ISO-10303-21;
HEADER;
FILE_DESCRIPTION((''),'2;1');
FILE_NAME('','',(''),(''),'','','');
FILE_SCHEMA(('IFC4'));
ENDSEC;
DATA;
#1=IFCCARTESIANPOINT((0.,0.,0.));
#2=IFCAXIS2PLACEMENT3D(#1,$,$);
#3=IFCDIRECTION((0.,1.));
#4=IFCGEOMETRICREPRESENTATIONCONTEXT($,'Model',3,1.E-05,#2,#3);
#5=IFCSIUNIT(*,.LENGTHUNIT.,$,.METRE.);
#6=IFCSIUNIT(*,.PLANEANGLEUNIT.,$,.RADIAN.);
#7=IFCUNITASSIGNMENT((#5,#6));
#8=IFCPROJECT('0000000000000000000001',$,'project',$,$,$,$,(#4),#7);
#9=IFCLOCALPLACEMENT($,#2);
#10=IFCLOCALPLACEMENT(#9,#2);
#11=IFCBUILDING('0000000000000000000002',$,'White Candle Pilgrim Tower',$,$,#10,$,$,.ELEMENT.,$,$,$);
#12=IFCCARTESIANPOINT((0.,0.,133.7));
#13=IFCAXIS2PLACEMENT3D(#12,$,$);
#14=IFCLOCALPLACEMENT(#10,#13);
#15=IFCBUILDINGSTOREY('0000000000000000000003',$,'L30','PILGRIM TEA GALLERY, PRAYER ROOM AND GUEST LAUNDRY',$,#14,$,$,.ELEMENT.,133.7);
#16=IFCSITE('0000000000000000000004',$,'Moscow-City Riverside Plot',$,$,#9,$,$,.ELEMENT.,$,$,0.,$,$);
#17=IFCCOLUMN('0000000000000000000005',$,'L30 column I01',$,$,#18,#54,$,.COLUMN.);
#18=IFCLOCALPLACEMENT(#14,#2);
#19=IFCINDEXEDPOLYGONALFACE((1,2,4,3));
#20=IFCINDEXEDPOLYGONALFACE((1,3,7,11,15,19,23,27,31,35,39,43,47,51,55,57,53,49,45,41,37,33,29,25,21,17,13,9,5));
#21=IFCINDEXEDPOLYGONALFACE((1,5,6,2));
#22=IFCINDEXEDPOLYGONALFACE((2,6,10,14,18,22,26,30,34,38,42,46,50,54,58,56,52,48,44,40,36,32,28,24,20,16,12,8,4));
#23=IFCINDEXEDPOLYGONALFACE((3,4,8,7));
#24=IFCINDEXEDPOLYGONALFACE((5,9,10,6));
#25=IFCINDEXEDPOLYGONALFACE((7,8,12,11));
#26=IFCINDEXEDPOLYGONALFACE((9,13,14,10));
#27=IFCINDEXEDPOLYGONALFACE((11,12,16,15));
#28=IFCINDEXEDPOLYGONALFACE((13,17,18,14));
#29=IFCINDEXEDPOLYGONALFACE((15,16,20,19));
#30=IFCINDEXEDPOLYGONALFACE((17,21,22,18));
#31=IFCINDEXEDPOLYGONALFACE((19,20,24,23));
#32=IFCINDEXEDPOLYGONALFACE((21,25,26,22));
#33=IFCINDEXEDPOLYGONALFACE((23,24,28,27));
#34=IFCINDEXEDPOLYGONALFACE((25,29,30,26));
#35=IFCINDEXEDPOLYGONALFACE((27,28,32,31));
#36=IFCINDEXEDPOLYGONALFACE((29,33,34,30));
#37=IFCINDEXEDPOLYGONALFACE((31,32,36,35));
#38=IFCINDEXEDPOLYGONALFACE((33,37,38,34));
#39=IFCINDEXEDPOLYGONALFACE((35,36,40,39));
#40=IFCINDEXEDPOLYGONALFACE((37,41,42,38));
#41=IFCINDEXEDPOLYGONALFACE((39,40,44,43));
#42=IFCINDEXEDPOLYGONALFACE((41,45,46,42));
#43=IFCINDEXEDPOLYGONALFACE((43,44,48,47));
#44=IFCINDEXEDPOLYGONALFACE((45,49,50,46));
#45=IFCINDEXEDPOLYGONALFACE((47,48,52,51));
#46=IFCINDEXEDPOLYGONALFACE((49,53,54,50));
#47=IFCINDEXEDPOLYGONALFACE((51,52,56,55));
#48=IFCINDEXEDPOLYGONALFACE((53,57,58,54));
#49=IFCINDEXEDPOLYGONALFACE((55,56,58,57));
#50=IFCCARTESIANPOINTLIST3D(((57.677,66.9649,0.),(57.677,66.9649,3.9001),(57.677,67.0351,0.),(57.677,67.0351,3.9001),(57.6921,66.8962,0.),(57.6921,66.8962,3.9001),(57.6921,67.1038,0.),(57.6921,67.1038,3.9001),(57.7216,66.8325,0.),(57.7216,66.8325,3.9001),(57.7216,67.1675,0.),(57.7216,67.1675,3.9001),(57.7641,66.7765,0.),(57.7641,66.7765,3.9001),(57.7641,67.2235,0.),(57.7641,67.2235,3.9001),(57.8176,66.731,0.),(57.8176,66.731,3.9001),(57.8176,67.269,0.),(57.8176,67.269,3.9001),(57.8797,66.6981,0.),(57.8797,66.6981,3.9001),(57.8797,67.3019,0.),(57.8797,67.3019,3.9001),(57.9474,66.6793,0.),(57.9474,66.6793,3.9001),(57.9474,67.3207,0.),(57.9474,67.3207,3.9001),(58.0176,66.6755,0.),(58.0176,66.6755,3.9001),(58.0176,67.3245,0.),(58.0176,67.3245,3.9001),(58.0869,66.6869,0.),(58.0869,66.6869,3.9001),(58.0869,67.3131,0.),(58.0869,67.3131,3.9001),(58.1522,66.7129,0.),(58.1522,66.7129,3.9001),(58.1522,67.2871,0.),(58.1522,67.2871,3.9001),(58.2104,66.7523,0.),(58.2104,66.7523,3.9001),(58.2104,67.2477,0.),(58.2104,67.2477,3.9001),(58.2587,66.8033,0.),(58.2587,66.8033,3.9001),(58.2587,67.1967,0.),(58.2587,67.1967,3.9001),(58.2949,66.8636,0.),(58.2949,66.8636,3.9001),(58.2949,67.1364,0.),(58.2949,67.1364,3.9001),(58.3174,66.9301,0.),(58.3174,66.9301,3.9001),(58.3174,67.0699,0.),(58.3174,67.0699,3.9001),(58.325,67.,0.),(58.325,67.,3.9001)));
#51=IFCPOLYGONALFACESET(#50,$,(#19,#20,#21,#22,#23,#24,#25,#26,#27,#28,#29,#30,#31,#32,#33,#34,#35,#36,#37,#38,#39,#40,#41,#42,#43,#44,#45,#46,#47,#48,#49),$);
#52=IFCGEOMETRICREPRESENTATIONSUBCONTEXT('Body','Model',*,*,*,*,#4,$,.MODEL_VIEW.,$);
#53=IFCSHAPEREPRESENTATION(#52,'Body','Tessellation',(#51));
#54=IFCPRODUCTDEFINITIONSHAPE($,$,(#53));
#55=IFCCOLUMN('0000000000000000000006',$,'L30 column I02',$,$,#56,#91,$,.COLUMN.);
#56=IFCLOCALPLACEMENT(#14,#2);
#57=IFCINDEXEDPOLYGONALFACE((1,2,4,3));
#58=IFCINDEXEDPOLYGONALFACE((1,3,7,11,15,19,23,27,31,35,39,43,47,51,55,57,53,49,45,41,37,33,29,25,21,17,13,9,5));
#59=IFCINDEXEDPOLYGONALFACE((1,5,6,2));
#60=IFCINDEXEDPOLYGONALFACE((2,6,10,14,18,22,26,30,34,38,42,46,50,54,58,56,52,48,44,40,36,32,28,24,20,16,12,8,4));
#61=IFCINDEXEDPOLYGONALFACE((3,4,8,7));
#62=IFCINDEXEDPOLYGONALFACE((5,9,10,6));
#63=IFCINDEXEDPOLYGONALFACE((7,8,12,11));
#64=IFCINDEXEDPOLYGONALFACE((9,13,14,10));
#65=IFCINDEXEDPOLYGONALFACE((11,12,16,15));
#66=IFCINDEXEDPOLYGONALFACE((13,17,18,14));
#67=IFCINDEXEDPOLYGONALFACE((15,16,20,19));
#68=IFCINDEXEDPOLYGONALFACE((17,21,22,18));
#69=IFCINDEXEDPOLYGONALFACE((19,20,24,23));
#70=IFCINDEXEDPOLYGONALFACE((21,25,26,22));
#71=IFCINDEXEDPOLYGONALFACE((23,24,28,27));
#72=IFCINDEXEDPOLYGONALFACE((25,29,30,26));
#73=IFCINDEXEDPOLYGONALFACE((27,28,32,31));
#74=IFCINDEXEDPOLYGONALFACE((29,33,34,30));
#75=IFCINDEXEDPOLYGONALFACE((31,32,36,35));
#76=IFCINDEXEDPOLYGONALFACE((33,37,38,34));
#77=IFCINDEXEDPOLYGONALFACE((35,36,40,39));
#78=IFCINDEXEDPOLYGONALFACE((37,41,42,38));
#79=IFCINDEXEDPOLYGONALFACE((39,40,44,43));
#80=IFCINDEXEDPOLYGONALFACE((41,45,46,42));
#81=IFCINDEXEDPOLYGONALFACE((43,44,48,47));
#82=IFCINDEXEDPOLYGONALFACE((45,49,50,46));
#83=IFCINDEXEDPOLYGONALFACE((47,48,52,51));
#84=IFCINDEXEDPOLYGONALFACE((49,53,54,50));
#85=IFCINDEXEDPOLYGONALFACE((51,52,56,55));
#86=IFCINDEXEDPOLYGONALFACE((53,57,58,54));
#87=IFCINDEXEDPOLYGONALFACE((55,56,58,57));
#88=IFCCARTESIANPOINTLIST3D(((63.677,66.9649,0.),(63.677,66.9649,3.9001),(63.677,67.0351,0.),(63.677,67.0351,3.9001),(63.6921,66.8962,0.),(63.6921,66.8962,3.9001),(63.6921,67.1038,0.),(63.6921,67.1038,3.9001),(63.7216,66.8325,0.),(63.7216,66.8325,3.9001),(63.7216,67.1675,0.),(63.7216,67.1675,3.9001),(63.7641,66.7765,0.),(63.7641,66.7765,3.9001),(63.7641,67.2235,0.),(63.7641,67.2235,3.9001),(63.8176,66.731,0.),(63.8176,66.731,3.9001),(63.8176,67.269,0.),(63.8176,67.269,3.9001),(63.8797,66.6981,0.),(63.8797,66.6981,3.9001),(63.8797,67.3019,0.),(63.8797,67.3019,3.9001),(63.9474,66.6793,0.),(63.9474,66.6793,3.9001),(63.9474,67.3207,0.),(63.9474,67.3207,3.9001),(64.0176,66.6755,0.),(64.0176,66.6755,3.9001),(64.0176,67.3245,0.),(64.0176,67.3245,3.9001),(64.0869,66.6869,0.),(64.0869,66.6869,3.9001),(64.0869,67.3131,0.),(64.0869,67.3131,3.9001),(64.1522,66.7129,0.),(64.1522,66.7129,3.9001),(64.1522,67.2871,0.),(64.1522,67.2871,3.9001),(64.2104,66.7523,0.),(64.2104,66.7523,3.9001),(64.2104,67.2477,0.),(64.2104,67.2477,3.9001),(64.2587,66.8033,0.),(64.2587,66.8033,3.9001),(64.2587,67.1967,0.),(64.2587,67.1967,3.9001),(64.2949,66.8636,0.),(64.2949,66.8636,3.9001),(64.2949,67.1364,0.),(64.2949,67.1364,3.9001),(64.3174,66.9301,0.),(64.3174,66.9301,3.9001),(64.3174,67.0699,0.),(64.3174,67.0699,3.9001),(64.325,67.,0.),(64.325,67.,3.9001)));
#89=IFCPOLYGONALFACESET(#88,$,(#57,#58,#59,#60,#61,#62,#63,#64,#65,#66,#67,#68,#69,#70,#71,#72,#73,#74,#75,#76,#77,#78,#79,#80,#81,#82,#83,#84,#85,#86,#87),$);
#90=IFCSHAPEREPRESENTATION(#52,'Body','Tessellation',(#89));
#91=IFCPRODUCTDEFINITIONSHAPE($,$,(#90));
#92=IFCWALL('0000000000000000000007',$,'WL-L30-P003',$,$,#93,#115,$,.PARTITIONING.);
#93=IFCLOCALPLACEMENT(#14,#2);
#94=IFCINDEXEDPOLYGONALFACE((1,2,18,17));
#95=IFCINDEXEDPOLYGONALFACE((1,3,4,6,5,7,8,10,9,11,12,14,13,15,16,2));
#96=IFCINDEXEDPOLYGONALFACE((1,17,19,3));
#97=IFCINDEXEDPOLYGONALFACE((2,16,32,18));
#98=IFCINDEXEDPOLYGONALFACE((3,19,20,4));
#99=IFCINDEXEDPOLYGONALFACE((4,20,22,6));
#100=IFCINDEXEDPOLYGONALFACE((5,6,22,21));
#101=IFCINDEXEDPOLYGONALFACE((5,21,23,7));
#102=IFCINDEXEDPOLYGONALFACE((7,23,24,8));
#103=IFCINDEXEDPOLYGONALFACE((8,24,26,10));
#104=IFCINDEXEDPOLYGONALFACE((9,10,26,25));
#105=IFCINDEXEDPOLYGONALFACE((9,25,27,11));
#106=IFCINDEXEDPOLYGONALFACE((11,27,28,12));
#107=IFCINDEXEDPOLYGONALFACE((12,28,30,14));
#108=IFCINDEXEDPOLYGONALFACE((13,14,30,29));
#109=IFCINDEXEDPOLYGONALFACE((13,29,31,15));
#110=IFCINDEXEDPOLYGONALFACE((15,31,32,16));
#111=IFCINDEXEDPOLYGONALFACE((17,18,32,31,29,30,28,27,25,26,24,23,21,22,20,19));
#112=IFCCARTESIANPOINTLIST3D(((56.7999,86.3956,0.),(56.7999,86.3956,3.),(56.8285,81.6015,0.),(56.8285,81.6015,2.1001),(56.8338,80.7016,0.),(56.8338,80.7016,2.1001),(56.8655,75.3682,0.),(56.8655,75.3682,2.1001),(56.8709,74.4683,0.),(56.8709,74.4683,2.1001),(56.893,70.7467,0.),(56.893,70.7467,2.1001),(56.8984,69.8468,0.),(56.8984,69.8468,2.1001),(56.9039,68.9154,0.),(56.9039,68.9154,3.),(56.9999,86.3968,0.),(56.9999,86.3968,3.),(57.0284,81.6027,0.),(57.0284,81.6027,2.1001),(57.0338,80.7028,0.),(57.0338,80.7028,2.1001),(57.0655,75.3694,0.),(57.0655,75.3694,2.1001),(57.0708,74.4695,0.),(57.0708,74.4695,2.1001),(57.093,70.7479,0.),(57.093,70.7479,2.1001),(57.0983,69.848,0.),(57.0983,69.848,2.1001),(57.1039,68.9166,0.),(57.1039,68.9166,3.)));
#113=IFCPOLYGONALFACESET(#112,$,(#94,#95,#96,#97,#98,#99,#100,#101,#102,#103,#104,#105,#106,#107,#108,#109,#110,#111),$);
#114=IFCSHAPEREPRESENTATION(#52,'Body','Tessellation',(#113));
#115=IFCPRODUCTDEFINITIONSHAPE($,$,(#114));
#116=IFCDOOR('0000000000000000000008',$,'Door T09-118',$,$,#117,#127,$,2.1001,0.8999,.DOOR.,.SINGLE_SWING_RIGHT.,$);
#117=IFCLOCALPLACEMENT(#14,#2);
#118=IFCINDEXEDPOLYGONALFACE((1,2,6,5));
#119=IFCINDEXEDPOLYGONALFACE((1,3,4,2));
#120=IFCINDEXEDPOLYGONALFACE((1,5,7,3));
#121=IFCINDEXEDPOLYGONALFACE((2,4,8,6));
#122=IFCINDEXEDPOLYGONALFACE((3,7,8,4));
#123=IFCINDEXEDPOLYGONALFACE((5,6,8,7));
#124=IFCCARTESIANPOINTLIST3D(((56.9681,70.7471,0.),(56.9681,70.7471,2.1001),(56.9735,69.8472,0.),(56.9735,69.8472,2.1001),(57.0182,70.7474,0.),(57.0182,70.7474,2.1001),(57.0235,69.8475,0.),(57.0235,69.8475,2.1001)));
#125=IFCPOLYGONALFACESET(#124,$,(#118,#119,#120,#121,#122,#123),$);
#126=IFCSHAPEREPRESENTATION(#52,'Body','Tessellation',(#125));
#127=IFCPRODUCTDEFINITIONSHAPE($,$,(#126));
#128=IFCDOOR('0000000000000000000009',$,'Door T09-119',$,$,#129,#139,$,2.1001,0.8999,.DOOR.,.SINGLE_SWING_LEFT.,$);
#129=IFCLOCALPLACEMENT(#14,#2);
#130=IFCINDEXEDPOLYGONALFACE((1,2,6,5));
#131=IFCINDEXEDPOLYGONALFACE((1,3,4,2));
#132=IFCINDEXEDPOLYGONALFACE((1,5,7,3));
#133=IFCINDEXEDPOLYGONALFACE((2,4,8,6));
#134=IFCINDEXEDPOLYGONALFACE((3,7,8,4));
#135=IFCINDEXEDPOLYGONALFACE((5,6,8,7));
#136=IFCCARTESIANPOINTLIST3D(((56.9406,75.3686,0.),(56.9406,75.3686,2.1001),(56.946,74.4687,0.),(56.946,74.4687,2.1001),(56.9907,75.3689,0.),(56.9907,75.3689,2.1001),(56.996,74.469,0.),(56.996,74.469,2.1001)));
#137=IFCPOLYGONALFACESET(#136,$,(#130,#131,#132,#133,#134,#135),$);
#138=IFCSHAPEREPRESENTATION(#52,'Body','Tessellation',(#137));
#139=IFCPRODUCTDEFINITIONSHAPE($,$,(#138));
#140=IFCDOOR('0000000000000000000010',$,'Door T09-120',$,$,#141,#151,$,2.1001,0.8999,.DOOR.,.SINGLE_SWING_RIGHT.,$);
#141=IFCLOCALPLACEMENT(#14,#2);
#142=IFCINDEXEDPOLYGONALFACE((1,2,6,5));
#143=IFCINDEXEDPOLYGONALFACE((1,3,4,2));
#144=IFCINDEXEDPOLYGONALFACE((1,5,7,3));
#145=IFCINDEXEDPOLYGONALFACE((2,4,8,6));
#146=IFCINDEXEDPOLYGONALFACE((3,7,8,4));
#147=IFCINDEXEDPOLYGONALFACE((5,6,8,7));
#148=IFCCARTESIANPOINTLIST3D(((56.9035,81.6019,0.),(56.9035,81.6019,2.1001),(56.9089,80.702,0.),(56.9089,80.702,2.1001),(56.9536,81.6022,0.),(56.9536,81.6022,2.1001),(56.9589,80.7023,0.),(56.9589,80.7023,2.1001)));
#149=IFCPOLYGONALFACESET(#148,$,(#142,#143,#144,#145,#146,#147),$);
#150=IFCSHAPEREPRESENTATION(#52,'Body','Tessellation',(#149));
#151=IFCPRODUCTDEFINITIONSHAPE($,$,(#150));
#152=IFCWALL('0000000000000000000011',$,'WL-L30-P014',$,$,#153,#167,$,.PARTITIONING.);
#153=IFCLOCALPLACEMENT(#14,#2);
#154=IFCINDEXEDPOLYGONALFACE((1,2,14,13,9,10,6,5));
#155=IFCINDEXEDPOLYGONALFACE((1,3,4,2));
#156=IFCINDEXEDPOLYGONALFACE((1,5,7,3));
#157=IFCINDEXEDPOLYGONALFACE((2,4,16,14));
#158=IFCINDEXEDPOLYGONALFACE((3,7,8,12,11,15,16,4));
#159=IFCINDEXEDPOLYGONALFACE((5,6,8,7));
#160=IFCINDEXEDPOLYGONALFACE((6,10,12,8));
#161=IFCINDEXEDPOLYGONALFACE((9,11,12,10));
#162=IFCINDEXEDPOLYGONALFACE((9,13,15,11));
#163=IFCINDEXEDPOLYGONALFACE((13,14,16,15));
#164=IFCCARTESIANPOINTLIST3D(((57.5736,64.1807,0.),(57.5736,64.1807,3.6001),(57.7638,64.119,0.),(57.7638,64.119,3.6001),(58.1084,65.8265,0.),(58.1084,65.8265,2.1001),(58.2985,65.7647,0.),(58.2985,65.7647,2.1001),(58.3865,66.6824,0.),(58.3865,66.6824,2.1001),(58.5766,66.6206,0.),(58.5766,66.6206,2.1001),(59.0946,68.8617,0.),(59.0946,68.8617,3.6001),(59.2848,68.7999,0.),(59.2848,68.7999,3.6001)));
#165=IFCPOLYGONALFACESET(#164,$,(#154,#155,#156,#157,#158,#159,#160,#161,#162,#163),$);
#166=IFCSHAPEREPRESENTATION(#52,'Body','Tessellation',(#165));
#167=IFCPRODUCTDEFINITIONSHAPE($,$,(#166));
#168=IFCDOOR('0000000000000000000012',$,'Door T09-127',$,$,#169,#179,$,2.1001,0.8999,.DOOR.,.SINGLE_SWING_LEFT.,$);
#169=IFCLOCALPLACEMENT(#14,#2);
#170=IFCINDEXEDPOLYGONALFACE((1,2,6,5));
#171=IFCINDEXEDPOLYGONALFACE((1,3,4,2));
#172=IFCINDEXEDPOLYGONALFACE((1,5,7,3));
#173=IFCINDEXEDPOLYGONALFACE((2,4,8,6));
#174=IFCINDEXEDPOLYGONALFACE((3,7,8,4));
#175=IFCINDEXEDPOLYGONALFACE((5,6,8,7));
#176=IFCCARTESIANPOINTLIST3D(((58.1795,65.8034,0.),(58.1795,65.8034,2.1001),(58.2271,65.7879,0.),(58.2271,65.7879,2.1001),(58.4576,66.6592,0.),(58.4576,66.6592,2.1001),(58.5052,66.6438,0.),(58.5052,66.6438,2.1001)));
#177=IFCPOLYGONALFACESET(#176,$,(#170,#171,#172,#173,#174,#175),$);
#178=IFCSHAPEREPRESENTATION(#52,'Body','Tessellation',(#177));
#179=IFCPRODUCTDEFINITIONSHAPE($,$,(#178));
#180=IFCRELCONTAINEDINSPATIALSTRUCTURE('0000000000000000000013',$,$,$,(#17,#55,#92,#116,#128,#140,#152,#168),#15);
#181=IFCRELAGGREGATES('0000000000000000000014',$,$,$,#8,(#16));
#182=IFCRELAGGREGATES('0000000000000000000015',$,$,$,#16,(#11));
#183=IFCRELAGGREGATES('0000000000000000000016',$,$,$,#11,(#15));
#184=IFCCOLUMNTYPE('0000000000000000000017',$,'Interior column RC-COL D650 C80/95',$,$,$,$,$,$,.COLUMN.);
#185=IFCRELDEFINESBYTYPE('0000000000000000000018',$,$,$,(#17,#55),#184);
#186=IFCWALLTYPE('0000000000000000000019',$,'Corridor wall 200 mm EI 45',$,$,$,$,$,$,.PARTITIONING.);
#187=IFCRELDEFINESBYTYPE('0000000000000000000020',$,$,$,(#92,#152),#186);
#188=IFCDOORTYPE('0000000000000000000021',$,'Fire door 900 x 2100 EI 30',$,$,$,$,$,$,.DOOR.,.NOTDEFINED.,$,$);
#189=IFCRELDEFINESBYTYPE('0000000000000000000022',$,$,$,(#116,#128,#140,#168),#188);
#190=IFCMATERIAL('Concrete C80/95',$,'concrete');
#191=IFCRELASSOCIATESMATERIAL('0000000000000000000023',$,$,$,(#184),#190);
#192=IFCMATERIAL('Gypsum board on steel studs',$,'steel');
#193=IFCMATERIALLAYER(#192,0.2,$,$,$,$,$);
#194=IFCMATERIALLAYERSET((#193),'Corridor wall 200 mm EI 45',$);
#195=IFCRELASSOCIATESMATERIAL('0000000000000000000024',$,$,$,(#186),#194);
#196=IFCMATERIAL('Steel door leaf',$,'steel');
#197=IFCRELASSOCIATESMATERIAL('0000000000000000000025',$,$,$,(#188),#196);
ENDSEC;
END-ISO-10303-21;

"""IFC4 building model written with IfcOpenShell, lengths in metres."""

from ifc_helpers import new_model, si_unit, direction, frame, frame_2d, origin, origin_2d, place, context, subcontext, project, spatial, rectangle, circle, extrude, material, layer, layer_set, material_profile, profile_set, type_object, element, fill, save


model = new_model("IFC4")

# Units and contexts
model_context = context("Model", 3, precision=1e-05, world=origin(), true_north=direction((0.0, 1.0)))
body_context = subcontext(model_context, "Body", "Model", "MODEL_VIEW")
ifc_project = project(units=[si_unit("LENGTHUNIT", "METRE"), si_unit("PLANEANGLEUNIT", "RADIAN")], contexts=[model_context])

# Site, building, storey
site_placement = place(None, origin())
site = spatial("IfcSite", under=ifc_project, at=site_placement, Name="Moscow-City Riverside Plot", CompositionType="ELEMENT", RefElevation=0.0)
building_placement = place(site_placement, origin())
building = spatial("IfcBuilding", under=site, at=building_placement, Name="White Candle Pilgrim Tower", CompositionType="ELEMENT")
storey_placement = place(building_placement, frame((0.0, 0.0, 133.7)))
storey = spatial("IfcBuildingStorey", under=building, at=storey_placement, Name="L30", Description="PILGRIM TEA GALLERY, PRAYER ROOM AND GUEST LAUNDRY", CompositionType="ELEMENT", Elevation=133.7)

# Columns
ifc_material_1 = material(Name="Concrete C80/95", Category="concrete")
ifc_material_profile = material_profile(ifc_material_1, circle(Radius=0.325, at=origin_2d()), Name="RC-COL D650")
ifc_profile_set = profile_set([ifc_material_profile], Name="Concrete C80/95")
column_type = type_object("IfcColumnType", Name="Interior column RC-COL D650 C80/95", PredefinedType="COLUMN", material=ifc_profile_set)
for number, where, z_axis, x_axis, name in (
    (1, (58.0, 67.0, 0.0), (0.0, 0.0, 1.0), (1.0, 0.0, 0.0), "L30 column I01"),
    (2, (64.0, 67.0, 0.0), (0.0, 0.0, 1.0), (1.0, 0.0, 0.0), "L30 column I02"),
):
    element("IfcColumn", number, at=place(storey_placement, frame(where, z_axis=z_axis, x_axis=x_axis)), inside=storey, type_object=column_type, Name=name, PredefinedType="COLUMN", context=body_context, shape_type="SweptSolid", body=[
        extrude(circle(Radius=0.325, at=origin_2d()), origin(), (0.0, 0.0, 1.0), 3.9001),
    ])

# Wall, openings, doors
ifc_material_2 = material(Name="Gypsum board on steel studs", Category="steel")
ifc_layer_1 = layer(ifc_material_2, 0.2)
ifc_layer_set_1 = layer_set([ifc_layer_1], Name="Corridor wall 200 mm EI 45")
wall_type_1 = type_object("IfcWallType", Name="Corridor wall 200 mm EI 45", PredefinedType="PARTITIONING", material=ifc_layer_set_1)
wall_1_placement = place(storey_placement, frame((57.0039, 68.916, 0.0), z_axis=(0.0, 0.0, 1.0), x_axis=(-0.00595, 0.999982, 0.0)))
wall_1 = element("IfcWall", 3, at=wall_1_placement, inside=storey, type_object=wall_type_1, Name="WL-L30-P003", PredefinedType="PARTITIONING", context=body_context, shape_type="SweptSolid", body=[
    extrude(rectangle(XDim=17.4805, YDim=0.2, at=frame_2d((8.7402, 0.0))), origin(), (0.0, 0.0, 1.0), 3.0),
])
opening_1_placement = place(wall_1_placement, frame((0.9314, 0.0, 0.0)))
opening_1 = element("IfcOpeningElement", 4, at=opening_1_placement, cuts=wall_1, PredefinedType="OPENING", context=body_context, shape_type="SweptSolid", body=[
    extrude(rectangle(XDim=0.8999, YDim=2.1001, at=frame_2d((0.45, 1.05))), frame((0.0, 0.1099, 0.0), z_axis=(0.0, -1.0, 0.0), x_axis=(1.0, 0.0, 0.0)), (0.0, 0.0, 1.0), 0.22),
])
opening_2_placement = place(wall_1_placement, frame((5.553, 0.0, 0.0)))
opening_2 = element("IfcOpeningElement", 5, at=opening_2_placement, cuts=wall_1, PredefinedType="OPENING", context=body_context, shape_type="SweptSolid", body=[
    extrude(rectangle(XDim=0.8999, YDim=2.1001, at=frame_2d((0.45, 1.05))), frame((0.0, 0.1099, 0.0), z_axis=(0.0, -1.0, 0.0), x_axis=(1.0, 0.0, 0.0)), (0.0, 0.0, 1.0), 0.22),
])
opening_3_placement = place(wall_1_placement, frame((11.7864, 0.0, 0.0)))
opening_3 = element("IfcOpeningElement", 6, at=opening_3_placement, cuts=wall_1, PredefinedType="OPENING", context=body_context, shape_type="SweptSolid", body=[
    extrude(rectangle(XDim=0.8999, YDim=2.1001, at=frame_2d((0.45, 1.05))), frame((0.0, 0.1099, 0.0), z_axis=(0.0, -1.0, 0.0), x_axis=(1.0, 0.0, 0.0)), (0.0, 0.0, 1.0), 0.22),
])
ifc_material_3 = material(Name="Steel door leaf", Category="steel")
door_type_1 = type_object("IfcDoorType", Name="Fire door 900 x 2100 EI 30", OperationType="NOTDEFINED", PredefinedType="DOOR", material=ifc_material_3)
door_1_placement = place(opening_1_placement, origin())
door_1 = element("IfcDoor", 7, at=door_1_placement, inside=storey, type_object=door_type_1, Name="Door T09-118", OperationType="SINGLE_SWING_RIGHT", OverallHeight=2.1001, OverallWidth=0.8999, PredefinedType="DOOR", context=body_context, shape_type="SweptSolid", body=[
    extrude(rectangle(XDim=0.8999, YDim=2.1001, at=frame_2d((0.45, 1.05))), frame((0.0, 0.0249, 0.0), z_axis=(0.0, -1.0, 0.0), x_axis=(1.0, 0.0, 0.0)), (0.0, 0.0, 1.0), 0.05),
])
fill(opening_1, door_1)
door_2_placement = place(opening_2_placement, origin())
door_2 = element("IfcDoor", 8, at=door_2_placement, inside=storey, type_object=door_type_1, Name="Door T09-119", OperationType="SINGLE_SWING_LEFT", OverallHeight=2.1001, OverallWidth=0.8999, PredefinedType="DOOR", context=body_context, shape_type="SweptSolid", body=[
    extrude(rectangle(XDim=0.8999, YDim=2.1001, at=frame_2d((0.45, 1.05))), frame((0.0, 0.0249, 0.0), z_axis=(0.0, -1.0, 0.0), x_axis=(1.0, 0.0, 0.0)), (0.0, 0.0, 1.0), 0.05),
])
fill(opening_2, door_2)
door_3_placement = place(opening_3_placement, origin())
door_3 = element("IfcDoor", 9, at=door_3_placement, inside=storey, type_object=door_type_1, Name="Door T09-120", OperationType="SINGLE_SWING_RIGHT", OverallHeight=2.1001, OverallWidth=0.8999, PredefinedType="DOOR", context=body_context, shape_type="SweptSolid", body=[
    extrude(rectangle(XDim=0.8999, YDim=2.1001, at=frame_2d((0.45, 1.05))), frame((0.0, 0.0249, 0.0), z_axis=(0.0, -1.0, 0.0), x_axis=(1.0, 0.0, 0.0)), (0.0, 0.0, 1.0), 0.05),
])
fill(opening_3, door_3)

# Wall, opening, door
wall_2_placement = place(storey_placement, frame((59.1897, 68.8308, 0.0), z_axis=(0.0, 0.0, 1.0), x_axis=(-0.309031, -0.951052, 0.0)))
wall_2 = element("IfcWall", 10, at=wall_2_placement, inside=storey, type_object=wall_type_1, Name="WL-L30-P014", PredefinedType="PARTITIONING", context=body_context, shape_type="SweptSolid", body=[
    extrude(rectangle(XDim=4.9219, YDim=0.2, at=frame_2d((2.4609, 0.0))), origin(), (0.0, 0.0, 1.0), 3.6001),
])
opening_4_placement = place(wall_2_placement, frame((2.2915, 0.0, 0.0)))
opening_4 = element("IfcOpeningElement", 11, at=opening_4_placement, cuts=wall_2, PredefinedType="OPENING", context=body_context, shape_type="SweptSolid", body=[
    extrude(rectangle(XDim=0.8999, YDim=2.1001, at=frame_2d((0.45, 1.05))), frame((0.0, 0.1099, 0.0), z_axis=(0.0, -1.0, 0.0), x_axis=(1.0, 0.0, 0.0)), (0.0, 0.0, 1.0), 0.22),
])
door_4_placement = place(opening_4_placement, origin())
door_4 = element("IfcDoor", 12, at=door_4_placement, inside=storey, type_object=door_type_1, Name="Door T09-127", OperationType="SINGLE_SWING_LEFT", OverallHeight=2.1001, OverallWidth=0.8999, PredefinedType="DOOR", context=body_context, shape_type="SweptSolid", body=[
    extrude(rectangle(XDim=0.8999, YDim=2.1001, at=frame_2d((0.45, 1.05))), frame((0.0, 0.0249, 0.0), z_axis=(0.0, -1.0, 0.0), x_axis=(1.0, 0.0, 0.0)), (0.0, 0.0, 1.0), 0.05),
])
fill(opening_4, door_4)

save(model, "model.ifc")
